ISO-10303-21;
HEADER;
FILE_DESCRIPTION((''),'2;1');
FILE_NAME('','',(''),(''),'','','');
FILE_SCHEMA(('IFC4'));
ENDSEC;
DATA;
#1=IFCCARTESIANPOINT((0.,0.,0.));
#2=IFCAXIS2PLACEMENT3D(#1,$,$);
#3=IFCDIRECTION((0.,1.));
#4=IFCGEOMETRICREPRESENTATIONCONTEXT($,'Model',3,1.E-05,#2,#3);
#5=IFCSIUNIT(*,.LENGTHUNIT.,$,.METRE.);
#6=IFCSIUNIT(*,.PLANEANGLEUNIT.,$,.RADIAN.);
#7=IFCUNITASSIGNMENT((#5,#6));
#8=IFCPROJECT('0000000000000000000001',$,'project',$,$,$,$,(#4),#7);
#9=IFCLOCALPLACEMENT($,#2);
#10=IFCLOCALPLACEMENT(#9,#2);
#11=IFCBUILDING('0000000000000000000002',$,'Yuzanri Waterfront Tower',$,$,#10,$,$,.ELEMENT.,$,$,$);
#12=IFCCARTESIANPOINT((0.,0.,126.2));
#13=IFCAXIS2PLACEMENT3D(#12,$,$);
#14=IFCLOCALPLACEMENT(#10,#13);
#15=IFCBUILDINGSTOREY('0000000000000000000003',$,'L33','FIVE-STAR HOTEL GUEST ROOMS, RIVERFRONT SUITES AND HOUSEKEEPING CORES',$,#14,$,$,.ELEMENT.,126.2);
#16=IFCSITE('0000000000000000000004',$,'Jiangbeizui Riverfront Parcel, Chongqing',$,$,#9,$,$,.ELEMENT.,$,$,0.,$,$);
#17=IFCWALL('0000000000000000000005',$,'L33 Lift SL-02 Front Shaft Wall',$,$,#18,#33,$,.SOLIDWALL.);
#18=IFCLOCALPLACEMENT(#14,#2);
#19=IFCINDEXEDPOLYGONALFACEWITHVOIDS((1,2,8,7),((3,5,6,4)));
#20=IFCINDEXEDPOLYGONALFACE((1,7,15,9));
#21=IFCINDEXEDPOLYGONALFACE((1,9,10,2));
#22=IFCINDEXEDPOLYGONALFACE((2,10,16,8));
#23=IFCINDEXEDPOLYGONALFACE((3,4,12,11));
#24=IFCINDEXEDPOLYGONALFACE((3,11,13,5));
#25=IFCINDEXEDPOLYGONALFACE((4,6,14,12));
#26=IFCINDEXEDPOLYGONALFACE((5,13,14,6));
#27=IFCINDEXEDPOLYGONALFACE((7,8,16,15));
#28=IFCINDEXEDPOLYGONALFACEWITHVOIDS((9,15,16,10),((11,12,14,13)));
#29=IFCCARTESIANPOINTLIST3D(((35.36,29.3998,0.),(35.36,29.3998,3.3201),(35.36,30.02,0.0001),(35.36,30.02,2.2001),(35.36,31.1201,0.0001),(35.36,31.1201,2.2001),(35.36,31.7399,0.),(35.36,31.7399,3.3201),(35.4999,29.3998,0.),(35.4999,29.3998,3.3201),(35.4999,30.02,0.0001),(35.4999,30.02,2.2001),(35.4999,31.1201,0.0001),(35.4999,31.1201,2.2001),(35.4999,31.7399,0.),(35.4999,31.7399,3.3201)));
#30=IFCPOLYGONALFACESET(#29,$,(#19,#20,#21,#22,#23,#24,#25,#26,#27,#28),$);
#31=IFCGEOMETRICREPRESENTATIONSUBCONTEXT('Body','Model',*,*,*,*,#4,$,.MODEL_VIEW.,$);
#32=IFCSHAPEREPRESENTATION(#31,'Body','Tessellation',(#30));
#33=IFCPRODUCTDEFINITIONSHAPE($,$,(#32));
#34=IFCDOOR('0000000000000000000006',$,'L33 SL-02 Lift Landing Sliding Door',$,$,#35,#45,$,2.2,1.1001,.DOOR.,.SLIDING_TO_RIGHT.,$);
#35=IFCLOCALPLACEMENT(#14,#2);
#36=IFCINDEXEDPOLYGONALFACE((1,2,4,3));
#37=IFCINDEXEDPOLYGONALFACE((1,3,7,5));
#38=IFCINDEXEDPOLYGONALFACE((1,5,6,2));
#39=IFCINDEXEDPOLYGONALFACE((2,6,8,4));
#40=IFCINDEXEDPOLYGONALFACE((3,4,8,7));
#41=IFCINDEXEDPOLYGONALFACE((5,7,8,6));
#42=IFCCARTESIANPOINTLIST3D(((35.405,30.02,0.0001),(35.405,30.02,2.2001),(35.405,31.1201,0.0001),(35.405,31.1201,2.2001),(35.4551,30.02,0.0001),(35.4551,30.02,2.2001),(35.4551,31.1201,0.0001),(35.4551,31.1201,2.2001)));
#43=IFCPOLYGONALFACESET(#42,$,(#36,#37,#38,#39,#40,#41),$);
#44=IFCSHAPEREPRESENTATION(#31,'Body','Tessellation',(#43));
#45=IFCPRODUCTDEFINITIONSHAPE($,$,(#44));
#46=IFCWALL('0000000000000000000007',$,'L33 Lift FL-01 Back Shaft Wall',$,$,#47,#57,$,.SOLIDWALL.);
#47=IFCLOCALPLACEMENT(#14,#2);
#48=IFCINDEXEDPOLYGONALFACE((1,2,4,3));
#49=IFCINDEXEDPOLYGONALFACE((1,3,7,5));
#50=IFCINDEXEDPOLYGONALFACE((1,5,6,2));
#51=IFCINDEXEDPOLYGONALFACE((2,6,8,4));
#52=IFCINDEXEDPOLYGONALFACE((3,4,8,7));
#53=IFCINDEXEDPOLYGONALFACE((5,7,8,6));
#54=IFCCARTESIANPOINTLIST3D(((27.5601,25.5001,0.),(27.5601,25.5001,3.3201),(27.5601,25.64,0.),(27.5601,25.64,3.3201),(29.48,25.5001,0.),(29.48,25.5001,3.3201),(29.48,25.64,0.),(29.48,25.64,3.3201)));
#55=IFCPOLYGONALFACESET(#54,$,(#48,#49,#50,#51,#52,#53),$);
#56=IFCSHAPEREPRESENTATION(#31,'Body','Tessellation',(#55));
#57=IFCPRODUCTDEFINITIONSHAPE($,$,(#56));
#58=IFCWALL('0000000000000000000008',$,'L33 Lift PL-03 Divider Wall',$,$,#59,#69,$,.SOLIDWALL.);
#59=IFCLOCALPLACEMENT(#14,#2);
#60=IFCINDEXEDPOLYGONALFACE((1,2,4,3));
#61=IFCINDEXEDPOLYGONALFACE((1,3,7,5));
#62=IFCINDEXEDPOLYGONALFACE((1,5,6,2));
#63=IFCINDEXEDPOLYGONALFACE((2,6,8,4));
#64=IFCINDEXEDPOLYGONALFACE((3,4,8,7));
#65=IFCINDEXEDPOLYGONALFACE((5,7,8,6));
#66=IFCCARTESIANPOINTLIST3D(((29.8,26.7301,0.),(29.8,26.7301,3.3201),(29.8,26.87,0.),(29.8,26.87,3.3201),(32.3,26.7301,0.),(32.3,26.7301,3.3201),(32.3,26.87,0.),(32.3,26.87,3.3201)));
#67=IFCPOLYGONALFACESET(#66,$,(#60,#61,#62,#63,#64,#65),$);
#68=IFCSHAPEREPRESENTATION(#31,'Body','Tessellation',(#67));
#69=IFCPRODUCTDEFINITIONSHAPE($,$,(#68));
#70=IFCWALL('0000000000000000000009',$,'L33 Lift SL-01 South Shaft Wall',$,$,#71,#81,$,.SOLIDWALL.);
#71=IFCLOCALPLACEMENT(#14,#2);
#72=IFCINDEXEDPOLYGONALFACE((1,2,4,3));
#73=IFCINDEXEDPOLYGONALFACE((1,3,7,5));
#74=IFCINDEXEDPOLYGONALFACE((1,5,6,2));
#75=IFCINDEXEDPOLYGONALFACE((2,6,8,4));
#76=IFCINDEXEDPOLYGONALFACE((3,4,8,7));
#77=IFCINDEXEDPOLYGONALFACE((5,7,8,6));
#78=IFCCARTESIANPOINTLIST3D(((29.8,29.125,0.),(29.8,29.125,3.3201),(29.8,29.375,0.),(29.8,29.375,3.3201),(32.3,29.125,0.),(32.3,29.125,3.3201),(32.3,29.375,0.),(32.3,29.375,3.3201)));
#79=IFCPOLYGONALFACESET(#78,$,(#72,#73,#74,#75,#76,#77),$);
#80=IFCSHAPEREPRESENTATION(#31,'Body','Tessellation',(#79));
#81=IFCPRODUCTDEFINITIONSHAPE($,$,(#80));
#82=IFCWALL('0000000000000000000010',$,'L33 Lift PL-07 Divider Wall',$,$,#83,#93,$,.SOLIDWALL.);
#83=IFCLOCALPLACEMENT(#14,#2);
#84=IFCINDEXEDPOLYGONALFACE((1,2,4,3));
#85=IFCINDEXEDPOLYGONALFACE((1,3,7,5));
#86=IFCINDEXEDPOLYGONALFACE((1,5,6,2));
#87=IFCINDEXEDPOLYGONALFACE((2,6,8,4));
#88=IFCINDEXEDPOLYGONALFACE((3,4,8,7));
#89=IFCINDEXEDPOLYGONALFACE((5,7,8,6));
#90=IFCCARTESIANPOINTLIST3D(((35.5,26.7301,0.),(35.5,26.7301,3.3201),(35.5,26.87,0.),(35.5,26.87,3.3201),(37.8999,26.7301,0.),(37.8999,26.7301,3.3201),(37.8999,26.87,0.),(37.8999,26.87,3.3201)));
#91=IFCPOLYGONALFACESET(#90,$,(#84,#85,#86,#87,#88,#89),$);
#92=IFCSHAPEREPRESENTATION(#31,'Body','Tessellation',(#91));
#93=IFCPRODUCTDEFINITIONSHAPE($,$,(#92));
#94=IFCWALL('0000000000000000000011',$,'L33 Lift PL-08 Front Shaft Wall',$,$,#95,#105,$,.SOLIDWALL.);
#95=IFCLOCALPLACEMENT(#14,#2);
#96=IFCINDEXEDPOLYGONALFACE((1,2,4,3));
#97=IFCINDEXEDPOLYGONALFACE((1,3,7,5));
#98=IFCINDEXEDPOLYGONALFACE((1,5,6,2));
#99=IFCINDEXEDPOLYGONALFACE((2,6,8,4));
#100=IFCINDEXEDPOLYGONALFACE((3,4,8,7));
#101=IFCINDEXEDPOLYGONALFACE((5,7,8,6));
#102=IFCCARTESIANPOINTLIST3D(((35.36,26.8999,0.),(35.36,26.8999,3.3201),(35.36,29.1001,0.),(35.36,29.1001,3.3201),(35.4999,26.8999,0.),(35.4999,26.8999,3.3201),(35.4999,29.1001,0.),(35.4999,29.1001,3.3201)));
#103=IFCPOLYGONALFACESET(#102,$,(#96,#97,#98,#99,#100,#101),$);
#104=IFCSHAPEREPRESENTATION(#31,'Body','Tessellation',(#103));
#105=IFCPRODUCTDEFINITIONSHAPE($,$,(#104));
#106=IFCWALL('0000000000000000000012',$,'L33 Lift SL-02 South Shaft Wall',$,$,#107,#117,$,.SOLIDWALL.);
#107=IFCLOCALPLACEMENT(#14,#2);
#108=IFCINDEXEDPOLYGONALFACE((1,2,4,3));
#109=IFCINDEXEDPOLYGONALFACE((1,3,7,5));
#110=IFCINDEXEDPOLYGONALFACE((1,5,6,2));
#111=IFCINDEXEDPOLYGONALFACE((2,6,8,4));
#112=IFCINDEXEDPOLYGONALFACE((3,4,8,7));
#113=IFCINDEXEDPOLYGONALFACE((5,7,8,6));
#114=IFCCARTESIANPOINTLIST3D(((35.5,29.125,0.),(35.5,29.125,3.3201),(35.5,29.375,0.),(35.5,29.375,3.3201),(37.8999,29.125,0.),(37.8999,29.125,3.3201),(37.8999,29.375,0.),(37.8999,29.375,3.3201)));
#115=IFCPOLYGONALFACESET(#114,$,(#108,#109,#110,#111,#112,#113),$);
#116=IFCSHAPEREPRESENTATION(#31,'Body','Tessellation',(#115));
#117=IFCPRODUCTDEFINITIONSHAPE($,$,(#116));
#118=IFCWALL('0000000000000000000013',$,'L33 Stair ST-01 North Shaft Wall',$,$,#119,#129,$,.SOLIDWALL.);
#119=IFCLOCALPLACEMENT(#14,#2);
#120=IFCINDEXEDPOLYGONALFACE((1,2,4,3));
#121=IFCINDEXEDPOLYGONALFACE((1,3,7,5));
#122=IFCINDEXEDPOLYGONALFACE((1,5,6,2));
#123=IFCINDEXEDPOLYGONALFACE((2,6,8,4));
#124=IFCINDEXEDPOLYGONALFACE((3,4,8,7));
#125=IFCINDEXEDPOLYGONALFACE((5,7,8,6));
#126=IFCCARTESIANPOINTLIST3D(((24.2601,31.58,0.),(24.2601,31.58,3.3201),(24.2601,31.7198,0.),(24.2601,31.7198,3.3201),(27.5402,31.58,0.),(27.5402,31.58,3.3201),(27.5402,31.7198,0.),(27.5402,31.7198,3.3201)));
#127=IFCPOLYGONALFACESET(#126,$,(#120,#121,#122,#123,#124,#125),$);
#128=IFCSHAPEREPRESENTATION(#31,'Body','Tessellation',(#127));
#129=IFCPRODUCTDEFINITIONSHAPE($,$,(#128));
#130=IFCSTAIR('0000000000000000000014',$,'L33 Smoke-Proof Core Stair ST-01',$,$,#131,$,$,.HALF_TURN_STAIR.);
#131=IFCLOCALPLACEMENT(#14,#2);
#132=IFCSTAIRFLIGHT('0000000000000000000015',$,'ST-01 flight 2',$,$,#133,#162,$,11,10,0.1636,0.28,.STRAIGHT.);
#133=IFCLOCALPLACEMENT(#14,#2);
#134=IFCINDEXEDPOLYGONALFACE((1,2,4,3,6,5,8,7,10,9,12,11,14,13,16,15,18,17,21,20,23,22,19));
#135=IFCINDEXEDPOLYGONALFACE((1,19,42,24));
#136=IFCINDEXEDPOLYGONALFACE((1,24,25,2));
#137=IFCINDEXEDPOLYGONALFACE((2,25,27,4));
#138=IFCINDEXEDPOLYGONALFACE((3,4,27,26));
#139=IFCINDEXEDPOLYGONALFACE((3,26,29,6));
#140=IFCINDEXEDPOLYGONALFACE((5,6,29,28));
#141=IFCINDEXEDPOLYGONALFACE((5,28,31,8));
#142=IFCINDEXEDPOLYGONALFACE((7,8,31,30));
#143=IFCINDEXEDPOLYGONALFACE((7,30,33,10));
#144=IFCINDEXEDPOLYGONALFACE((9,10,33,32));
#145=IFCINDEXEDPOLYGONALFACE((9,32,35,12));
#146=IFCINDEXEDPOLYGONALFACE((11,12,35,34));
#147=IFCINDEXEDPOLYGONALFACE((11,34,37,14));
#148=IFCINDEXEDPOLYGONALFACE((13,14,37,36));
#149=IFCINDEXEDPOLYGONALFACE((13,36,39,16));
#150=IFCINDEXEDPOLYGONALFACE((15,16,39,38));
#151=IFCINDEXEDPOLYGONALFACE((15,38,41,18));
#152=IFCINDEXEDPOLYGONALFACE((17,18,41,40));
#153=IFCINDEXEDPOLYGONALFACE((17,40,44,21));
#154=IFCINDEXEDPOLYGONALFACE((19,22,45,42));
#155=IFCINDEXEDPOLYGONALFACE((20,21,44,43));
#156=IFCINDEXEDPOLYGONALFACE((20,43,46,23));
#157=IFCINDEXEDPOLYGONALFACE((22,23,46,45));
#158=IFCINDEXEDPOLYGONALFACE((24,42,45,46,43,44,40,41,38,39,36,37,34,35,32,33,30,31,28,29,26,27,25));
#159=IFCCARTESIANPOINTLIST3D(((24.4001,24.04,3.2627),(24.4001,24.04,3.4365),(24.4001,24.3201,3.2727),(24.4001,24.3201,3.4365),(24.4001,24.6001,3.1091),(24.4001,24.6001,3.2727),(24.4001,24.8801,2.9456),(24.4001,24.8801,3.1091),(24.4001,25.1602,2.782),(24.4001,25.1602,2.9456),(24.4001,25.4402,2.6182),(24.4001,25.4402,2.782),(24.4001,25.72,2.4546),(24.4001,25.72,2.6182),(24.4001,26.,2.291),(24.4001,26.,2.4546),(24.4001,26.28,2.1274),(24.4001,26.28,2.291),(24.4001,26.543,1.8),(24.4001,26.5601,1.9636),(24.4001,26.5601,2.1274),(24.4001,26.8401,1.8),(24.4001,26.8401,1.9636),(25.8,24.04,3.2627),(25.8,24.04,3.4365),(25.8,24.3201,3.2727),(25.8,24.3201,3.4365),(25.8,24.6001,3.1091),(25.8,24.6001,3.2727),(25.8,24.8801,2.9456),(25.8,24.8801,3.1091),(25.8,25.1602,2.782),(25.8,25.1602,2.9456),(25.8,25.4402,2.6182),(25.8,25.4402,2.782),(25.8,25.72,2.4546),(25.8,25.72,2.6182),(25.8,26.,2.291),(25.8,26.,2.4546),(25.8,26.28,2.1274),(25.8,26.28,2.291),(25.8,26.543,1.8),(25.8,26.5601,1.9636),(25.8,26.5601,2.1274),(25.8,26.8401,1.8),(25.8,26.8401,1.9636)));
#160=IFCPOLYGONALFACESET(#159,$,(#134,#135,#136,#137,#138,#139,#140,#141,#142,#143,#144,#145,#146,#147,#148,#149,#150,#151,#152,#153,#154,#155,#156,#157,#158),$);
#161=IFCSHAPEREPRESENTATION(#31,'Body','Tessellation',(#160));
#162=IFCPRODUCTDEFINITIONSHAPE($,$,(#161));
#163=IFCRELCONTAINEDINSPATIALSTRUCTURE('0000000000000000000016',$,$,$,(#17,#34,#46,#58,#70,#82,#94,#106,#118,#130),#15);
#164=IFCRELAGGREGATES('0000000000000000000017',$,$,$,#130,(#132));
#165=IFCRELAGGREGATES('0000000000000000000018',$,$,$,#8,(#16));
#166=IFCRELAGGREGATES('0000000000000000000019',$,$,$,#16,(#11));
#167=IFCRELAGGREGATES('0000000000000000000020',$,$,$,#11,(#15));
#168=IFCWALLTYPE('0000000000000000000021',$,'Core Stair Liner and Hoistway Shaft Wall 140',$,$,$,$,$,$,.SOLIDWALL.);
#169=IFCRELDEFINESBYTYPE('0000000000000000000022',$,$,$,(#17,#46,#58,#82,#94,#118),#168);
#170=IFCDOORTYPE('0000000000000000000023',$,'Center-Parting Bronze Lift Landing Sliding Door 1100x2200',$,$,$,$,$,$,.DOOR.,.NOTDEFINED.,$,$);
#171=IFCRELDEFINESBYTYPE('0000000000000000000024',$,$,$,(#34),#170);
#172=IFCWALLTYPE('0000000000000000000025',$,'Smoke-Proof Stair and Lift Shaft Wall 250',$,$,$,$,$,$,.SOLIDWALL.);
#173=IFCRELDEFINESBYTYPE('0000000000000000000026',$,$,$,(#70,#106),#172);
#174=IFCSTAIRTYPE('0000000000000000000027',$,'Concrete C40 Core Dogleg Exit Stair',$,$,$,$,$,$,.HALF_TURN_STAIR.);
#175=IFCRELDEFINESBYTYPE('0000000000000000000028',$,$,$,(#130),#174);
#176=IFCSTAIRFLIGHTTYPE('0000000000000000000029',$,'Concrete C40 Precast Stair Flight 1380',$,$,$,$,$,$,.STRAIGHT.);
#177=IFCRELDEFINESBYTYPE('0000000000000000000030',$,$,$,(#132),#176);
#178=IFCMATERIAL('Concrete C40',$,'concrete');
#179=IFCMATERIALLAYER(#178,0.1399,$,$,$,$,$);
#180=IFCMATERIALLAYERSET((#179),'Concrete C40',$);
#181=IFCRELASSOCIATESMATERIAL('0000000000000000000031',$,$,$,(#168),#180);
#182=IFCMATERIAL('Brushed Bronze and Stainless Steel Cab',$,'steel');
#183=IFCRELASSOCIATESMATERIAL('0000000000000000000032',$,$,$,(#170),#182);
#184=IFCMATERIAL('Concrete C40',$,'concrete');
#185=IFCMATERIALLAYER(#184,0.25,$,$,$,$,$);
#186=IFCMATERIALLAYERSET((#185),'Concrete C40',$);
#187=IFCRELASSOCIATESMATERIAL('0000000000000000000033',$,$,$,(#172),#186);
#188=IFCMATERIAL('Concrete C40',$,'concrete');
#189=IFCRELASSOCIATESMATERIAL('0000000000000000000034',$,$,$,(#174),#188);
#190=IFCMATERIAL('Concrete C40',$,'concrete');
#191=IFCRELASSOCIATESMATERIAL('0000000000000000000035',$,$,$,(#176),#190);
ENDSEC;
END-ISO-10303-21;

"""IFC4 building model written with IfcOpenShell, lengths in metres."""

from ifc_helpers import new_model, si_unit, direction, frame, frame_2d, origin, place, context, subcontext, project, spatial, polyline, rectangle, outline, extrude, source, transform, mapped, material, layer, layer_set, type_object, element, fill, aggregate, save


model = new_model("IFC4")

# Units and contexts
model_context = context("Model", 3, precision=1e-05, world=origin(), true_north=direction((0.0, 1.0)))
body_context = subcontext(model_context, "Body", "Model", "MODEL_VIEW")
ifc_project = project(units=[si_unit("LENGTHUNIT", "METRE"), si_unit("PLANEANGLEUNIT", "RADIAN")], contexts=[model_context])

# Site, building, storey
site_placement = place(None, origin())
site = spatial("IfcSite", under=ifc_project, at=site_placement, Name="Jiangbeizui Riverfront Parcel, Chongqing", CompositionType="ELEMENT", RefElevation=0.0)
building_placement = place(site_placement, origin())
building = spatial("IfcBuilding", under=site, at=building_placement, Name="Yuzanri Waterfront Tower", CompositionType="ELEMENT")
storey_placement = place(building_placement, frame((0.0, 0.0, 126.2)))
storey = spatial("IfcBuildingStorey", under=building, at=storey_placement, Name="L33", Description="FIVE-STAR HOTEL GUEST ROOMS, RIVERFRONT SUITES AND HOUSEKEEPING CORES", CompositionType="ELEMENT", Elevation=126.2)

# Wall, opening, door
ifc_material_1 = material(Name="Concrete C40", Category="concrete")
ifc_layer_1 = layer(ifc_material_1, 0.1399)
ifc_layer_set_1 = layer_set([ifc_layer_1], Name="Concrete C40")
wall_type_1 = type_object("IfcWallType", Name="Core Stair Liner and Hoistway Shaft Wall 140", PredefinedType="SOLIDWALL", material=ifc_layer_set_1)
ifc_material_2 = material(Name="Brushed Bronze and Stainless Steel Cab", Category="steel")
door_type_1 = type_object("IfcDoorType", Name="Center-Parting Bronze Lift Landing Sliding Door 1100x2200", OperationType="NOTDEFINED", PredefinedType="DOOR", material=ifc_material_2)
shared_shape_1 = source(origin(), body_context, "Body", "SweptSolid", [
    extrude(rectangle(XDim=1.1001, YDim=2.2, at=frame_2d((0.55, 1.1001))), frame((0.0, 0.0249, 0.0), z_axis=(0.0, -1.0, 0.0), x_axis=(1.0, 0.0, 0.0)), (0.0, 0.0, 1.0), 0.05),
])
wall_1_placement = place(storey_placement, frame((35.4299, 29.3999, 0.0), z_axis=(0.0, 0.0, 1.0), x_axis=(0.0, 1.0, 0.0)))
wall_1 = element("IfcWall", 1, at=wall_1_placement, inside=storey, type_object=wall_type_1, Name="L33 Lift SL-02 Front Shaft Wall", PredefinedType="SOLIDWALL", context=body_context, shape_type="SweptSolid", body=[
    extrude(rectangle(XDim=2.3401, YDim=0.1399, at=frame_2d((1.1699, 0.0))), origin(), (0.0, 0.0, 1.0), 3.3201),
])
opening_1_placement = place(wall_1_placement, frame((0.6201, 0.0, 0.0)))
opening_1 = element("IfcOpeningElement", 2, at=opening_1_placement, cuts=wall_1, PredefinedType="OPENING", context=body_context, shape_type="SweptSolid", body=[
    extrude(rectangle(XDim=1.1001, YDim=2.2, at=frame_2d((0.55, 1.1001))), frame((0.0, 0.085, 0.0), z_axis=(0.0, -1.0, 0.0), x_axis=(1.0, 0.0, 0.0)), (0.0, 0.0, 1.0), 0.1697),
])
door_1_placement = place(opening_1_placement, origin())
door_1 = element("IfcDoor", 3, at=door_1_placement, inside=storey, type_object=door_type_1, Name="L33 SL-02 Lift Landing Sliding Door", OperationType="SLIDING_TO_RIGHT", OverallHeight=2.2, OverallWidth=1.1001, PredefinedType="DOOR", context=body_context, shape_type="MappedRepresentation", body=[
    mapped(shared_shape_1, transform((0.0, 0.0, 0.0), scale=1.0)),
])
fill(opening_1, door_1)

# Walls
shared_shape_2 = source(origin(), body_context, "Body", "SweptSolid", [
    extrude(rectangle(XDim=1.9199, YDim=0.1399, at=frame_2d((0.96, 0.0))), origin(), (0.0, 0.0, 1.0), 3.3201),
])
wall_2_placement = place(storey_placement, frame((27.5601, 25.5701, 0.0), z_axis=(0.0, 0.0, 1.0), x_axis=(1.0, 0.0, 0.0)))
element("IfcWall", 4, at=wall_2_placement, inside=storey, type_object=wall_type_1, Name="L33 Lift FL-01 Back Shaft Wall", PredefinedType="SOLIDWALL", context=body_context, shape_type="MappedRepresentation", body=[
    mapped(shared_shape_2, transform((0.0, 0.0, 0.0), scale=1.0)),
])
shared_shape_3 = source(origin(), body_context, "Body", "SweptSolid", [
    extrude(rectangle(XDim=2.5, YDim=0.1399, at=frame_2d((1.25, 0.0))), origin(), (0.0, 0.0, 1.0), 3.3201),
])
wall_3_placement = place(storey_placement, frame((29.8, 26.8, 0.0), z_axis=(0.0, 0.0, 1.0), x_axis=(1.0, 0.0, 0.0)))
element("IfcWall", 5, at=wall_3_placement, inside=storey, type_object=wall_type_1, Name="L33 Lift PL-03 Divider Wall", PredefinedType="SOLIDWALL", context=body_context, shape_type="MappedRepresentation", body=[
    mapped(shared_shape_3, transform((0.0, 0.0, 0.0), scale=1.0)),
])
ifc_material_3 = material(Name="Concrete C40", Category="concrete")
ifc_layer_2 = layer(ifc_material_3, 0.25)
ifc_layer_set_2 = layer_set([ifc_layer_2], Name="Concrete C40")
wall_type_2 = type_object("IfcWallType", Name="Smoke-Proof Stair and Lift Shaft Wall 250", PredefinedType="SOLIDWALL", material=ifc_layer_set_2)
shared_shape_4 = source(origin(), body_context, "Body", "SweptSolid", [
    extrude(rectangle(XDim=2.5, YDim=0.25, at=frame_2d((1.25, 0.0))), origin(), (0.0, 0.0, 1.0), 3.3201),
])
wall_4_placement = place(storey_placement, frame((29.8, 29.25, 0.0), z_axis=(0.0, 0.0, 1.0), x_axis=(1.0, 0.0, 0.0)))
element("IfcWall", 6, at=wall_4_placement, inside=storey, type_object=wall_type_2, Name="L33 Lift SL-01 South Shaft Wall", PredefinedType="SOLIDWALL", context=body_context, shape_type="MappedRepresentation", body=[
    mapped(shared_shape_4, transform((0.0, 0.0, 0.0), scale=1.0)),
])
shared_shape_5 = source(origin(), body_context, "Body", "SweptSolid", [
    extrude(rectangle(XDim=2.3999, YDim=0.1399, at=frame_2d((1.2, 0.0))), origin(), (0.0, 0.0, 1.0), 3.3201),
])
wall_5_placement = place(storey_placement, frame((35.5, 26.8, 0.0), z_axis=(0.0, 0.0, 1.0), x_axis=(1.0, 0.0, 0.0)))
element("IfcWall", 7, at=wall_5_placement, inside=storey, type_object=wall_type_1, Name="L33 Lift PL-07 Divider Wall", PredefinedType="SOLIDWALL", context=body_context, shape_type="MappedRepresentation", body=[
    mapped(shared_shape_5, transform((0.0, 0.0, 0.0), scale=1.0)),
])
shared_shape_6 = source(origin(), body_context, "Body", "SweptSolid", [
    extrude(rectangle(XDim=2.2002, YDim=0.1399, at=frame_2d((1.1001, 0.0))), origin(), (0.0, 0.0, 1.0), 3.3201),
])
wall_6_placement = place(storey_placement, frame((35.4299, 26.8999, 0.0), z_axis=(0.0, 0.0, 1.0), x_axis=(0.0, 1.0, 0.0)))
element("IfcWall", 8, at=wall_6_placement, inside=storey, type_object=wall_type_1, Name="L33 Lift PL-08 Front Shaft Wall", PredefinedType="SOLIDWALL", context=body_context, shape_type="MappedRepresentation", body=[
    mapped(shared_shape_6, transform((0.0, 0.0, 0.0), scale=1.0)),
])
shared_shape_7 = source(origin(), body_context, "Body", "SweptSolid", [
    extrude(rectangle(XDim=2.3999, YDim=0.25, at=frame_2d((1.2, 0.0))), origin(), (0.0, 0.0, 1.0), 3.3201),
])
wall_7_placement = place(storey_placement, frame((35.5, 29.25, 0.0), z_axis=(0.0, 0.0, 1.0), x_axis=(1.0, 0.0, 0.0)))
element("IfcWall", 9, at=wall_7_placement, inside=storey, type_object=wall_type_2, Name="L33 Lift SL-02 South Shaft Wall", PredefinedType="SOLIDWALL", context=body_context, shape_type="MappedRepresentation", body=[
    mapped(shared_shape_7, transform((0.0, 0.0, 0.0), scale=1.0)),
])
shared_shape_8 = source(origin(), body_context, "Body", "SweptSolid", [
    extrude(rectangle(XDim=3.28, YDim=0.1399, at=frame_2d((1.6401, 0.0))), origin(), (0.0, 0.0, 1.0), 3.3201),
])
wall_8_placement = place(storey_placement, frame((24.26, 31.6499, 0.0), z_axis=(0.0, 0.0, 1.0), x_axis=(1.0, 0.0, 0.0)))
element("IfcWall", 10, at=wall_8_placement, inside=storey, type_object=wall_type_1, Name="L33 Stair ST-01 North Shaft Wall", PredefinedType="SOLIDWALL", context=body_context, shape_type="MappedRepresentation", body=[
    mapped(shared_shape_8, transform((0.0, 0.0, 0.0), scale=1.0)),
])

# Stair, stair flight
ifc_material_4 = material(Name="Concrete C40", Category="concrete")
stair_type = type_object("IfcStairType", Name="Concrete C40 Core Dogleg Exit Stair", PredefinedType="HALF_TURN_STAIR", material=ifc_material_4)
stair_placement = place(storey_placement, origin())
stair = element("IfcStair", 11, at=stair_placement, inside=storey, type_object=stair_type, Name="L33 Smoke-Proof Core Stair ST-01", PredefinedType="HALF_TURN_STAIR")
ifc_material_5 = material(Name="Concrete C40", Category="concrete")
stair_flight_type = type_object("IfcStairFlightType", Name="Concrete C40 Precast Stair Flight 1380", PredefinedType="STRAIGHT", material=ifc_material_5)
shared_shape_9 = source(origin(), body_context, "Body", "SweptSolid", [
    extrude(outline(polyline([(0.0, 0.0), (0.0, 0.1636), (0.28, 0.1636), (0.28, 0.3274), (0.5601, 0.3274), (0.5601, 0.491), (0.8401, 0.491), (0.8401, 0.6545), (1.1201, 0.6545), (1.1201, 0.8181), (1.3999, 0.8181), (1.3999, 0.9819), (1.6799, 0.9819), (1.6799, 1.1455), (1.96, 1.1455), (1.96, 1.3091), (2.24, 1.3091), (2.24, 1.4727), (2.52, 1.4727), (2.52, 1.6365), (2.8, 1.6365), (2.8, 1.8), (2.8, 1.4626), (0.2971, 0.0), (0.0, 0.0)])), frame((0.0, 0.7, 0.0), z_axis=(0.0, -1.0, 0.0), x_axis=(1.0, 0.0, 0.0)), (0.0, 0.0, 1.0), 1.3999),
])
stair_flight_placement = place(storey_placement, frame((25.1001, 26.8401, 1.8), z_axis=(0.0, 0.0, 1.0), x_axis=(0.0, -1.0, 0.0)))
stair_flight = element("IfcStairFlight", 12, at=stair_flight_placement, type_object=stair_flight_type, Name="ST-01 flight 2", NumberOfRisers=11, NumberOfTreads=10, PredefinedType="STRAIGHT", RiserHeight=0.1636, TreadLength=0.28, context=body_context, shape_type="MappedRepresentation", body=[
    mapped(shared_shape_9, transform((0.0, 0.0, 0.0), scale=1.0)),
])
aggregate(stair, [stair_flight])

save(model, "model.ifc")
